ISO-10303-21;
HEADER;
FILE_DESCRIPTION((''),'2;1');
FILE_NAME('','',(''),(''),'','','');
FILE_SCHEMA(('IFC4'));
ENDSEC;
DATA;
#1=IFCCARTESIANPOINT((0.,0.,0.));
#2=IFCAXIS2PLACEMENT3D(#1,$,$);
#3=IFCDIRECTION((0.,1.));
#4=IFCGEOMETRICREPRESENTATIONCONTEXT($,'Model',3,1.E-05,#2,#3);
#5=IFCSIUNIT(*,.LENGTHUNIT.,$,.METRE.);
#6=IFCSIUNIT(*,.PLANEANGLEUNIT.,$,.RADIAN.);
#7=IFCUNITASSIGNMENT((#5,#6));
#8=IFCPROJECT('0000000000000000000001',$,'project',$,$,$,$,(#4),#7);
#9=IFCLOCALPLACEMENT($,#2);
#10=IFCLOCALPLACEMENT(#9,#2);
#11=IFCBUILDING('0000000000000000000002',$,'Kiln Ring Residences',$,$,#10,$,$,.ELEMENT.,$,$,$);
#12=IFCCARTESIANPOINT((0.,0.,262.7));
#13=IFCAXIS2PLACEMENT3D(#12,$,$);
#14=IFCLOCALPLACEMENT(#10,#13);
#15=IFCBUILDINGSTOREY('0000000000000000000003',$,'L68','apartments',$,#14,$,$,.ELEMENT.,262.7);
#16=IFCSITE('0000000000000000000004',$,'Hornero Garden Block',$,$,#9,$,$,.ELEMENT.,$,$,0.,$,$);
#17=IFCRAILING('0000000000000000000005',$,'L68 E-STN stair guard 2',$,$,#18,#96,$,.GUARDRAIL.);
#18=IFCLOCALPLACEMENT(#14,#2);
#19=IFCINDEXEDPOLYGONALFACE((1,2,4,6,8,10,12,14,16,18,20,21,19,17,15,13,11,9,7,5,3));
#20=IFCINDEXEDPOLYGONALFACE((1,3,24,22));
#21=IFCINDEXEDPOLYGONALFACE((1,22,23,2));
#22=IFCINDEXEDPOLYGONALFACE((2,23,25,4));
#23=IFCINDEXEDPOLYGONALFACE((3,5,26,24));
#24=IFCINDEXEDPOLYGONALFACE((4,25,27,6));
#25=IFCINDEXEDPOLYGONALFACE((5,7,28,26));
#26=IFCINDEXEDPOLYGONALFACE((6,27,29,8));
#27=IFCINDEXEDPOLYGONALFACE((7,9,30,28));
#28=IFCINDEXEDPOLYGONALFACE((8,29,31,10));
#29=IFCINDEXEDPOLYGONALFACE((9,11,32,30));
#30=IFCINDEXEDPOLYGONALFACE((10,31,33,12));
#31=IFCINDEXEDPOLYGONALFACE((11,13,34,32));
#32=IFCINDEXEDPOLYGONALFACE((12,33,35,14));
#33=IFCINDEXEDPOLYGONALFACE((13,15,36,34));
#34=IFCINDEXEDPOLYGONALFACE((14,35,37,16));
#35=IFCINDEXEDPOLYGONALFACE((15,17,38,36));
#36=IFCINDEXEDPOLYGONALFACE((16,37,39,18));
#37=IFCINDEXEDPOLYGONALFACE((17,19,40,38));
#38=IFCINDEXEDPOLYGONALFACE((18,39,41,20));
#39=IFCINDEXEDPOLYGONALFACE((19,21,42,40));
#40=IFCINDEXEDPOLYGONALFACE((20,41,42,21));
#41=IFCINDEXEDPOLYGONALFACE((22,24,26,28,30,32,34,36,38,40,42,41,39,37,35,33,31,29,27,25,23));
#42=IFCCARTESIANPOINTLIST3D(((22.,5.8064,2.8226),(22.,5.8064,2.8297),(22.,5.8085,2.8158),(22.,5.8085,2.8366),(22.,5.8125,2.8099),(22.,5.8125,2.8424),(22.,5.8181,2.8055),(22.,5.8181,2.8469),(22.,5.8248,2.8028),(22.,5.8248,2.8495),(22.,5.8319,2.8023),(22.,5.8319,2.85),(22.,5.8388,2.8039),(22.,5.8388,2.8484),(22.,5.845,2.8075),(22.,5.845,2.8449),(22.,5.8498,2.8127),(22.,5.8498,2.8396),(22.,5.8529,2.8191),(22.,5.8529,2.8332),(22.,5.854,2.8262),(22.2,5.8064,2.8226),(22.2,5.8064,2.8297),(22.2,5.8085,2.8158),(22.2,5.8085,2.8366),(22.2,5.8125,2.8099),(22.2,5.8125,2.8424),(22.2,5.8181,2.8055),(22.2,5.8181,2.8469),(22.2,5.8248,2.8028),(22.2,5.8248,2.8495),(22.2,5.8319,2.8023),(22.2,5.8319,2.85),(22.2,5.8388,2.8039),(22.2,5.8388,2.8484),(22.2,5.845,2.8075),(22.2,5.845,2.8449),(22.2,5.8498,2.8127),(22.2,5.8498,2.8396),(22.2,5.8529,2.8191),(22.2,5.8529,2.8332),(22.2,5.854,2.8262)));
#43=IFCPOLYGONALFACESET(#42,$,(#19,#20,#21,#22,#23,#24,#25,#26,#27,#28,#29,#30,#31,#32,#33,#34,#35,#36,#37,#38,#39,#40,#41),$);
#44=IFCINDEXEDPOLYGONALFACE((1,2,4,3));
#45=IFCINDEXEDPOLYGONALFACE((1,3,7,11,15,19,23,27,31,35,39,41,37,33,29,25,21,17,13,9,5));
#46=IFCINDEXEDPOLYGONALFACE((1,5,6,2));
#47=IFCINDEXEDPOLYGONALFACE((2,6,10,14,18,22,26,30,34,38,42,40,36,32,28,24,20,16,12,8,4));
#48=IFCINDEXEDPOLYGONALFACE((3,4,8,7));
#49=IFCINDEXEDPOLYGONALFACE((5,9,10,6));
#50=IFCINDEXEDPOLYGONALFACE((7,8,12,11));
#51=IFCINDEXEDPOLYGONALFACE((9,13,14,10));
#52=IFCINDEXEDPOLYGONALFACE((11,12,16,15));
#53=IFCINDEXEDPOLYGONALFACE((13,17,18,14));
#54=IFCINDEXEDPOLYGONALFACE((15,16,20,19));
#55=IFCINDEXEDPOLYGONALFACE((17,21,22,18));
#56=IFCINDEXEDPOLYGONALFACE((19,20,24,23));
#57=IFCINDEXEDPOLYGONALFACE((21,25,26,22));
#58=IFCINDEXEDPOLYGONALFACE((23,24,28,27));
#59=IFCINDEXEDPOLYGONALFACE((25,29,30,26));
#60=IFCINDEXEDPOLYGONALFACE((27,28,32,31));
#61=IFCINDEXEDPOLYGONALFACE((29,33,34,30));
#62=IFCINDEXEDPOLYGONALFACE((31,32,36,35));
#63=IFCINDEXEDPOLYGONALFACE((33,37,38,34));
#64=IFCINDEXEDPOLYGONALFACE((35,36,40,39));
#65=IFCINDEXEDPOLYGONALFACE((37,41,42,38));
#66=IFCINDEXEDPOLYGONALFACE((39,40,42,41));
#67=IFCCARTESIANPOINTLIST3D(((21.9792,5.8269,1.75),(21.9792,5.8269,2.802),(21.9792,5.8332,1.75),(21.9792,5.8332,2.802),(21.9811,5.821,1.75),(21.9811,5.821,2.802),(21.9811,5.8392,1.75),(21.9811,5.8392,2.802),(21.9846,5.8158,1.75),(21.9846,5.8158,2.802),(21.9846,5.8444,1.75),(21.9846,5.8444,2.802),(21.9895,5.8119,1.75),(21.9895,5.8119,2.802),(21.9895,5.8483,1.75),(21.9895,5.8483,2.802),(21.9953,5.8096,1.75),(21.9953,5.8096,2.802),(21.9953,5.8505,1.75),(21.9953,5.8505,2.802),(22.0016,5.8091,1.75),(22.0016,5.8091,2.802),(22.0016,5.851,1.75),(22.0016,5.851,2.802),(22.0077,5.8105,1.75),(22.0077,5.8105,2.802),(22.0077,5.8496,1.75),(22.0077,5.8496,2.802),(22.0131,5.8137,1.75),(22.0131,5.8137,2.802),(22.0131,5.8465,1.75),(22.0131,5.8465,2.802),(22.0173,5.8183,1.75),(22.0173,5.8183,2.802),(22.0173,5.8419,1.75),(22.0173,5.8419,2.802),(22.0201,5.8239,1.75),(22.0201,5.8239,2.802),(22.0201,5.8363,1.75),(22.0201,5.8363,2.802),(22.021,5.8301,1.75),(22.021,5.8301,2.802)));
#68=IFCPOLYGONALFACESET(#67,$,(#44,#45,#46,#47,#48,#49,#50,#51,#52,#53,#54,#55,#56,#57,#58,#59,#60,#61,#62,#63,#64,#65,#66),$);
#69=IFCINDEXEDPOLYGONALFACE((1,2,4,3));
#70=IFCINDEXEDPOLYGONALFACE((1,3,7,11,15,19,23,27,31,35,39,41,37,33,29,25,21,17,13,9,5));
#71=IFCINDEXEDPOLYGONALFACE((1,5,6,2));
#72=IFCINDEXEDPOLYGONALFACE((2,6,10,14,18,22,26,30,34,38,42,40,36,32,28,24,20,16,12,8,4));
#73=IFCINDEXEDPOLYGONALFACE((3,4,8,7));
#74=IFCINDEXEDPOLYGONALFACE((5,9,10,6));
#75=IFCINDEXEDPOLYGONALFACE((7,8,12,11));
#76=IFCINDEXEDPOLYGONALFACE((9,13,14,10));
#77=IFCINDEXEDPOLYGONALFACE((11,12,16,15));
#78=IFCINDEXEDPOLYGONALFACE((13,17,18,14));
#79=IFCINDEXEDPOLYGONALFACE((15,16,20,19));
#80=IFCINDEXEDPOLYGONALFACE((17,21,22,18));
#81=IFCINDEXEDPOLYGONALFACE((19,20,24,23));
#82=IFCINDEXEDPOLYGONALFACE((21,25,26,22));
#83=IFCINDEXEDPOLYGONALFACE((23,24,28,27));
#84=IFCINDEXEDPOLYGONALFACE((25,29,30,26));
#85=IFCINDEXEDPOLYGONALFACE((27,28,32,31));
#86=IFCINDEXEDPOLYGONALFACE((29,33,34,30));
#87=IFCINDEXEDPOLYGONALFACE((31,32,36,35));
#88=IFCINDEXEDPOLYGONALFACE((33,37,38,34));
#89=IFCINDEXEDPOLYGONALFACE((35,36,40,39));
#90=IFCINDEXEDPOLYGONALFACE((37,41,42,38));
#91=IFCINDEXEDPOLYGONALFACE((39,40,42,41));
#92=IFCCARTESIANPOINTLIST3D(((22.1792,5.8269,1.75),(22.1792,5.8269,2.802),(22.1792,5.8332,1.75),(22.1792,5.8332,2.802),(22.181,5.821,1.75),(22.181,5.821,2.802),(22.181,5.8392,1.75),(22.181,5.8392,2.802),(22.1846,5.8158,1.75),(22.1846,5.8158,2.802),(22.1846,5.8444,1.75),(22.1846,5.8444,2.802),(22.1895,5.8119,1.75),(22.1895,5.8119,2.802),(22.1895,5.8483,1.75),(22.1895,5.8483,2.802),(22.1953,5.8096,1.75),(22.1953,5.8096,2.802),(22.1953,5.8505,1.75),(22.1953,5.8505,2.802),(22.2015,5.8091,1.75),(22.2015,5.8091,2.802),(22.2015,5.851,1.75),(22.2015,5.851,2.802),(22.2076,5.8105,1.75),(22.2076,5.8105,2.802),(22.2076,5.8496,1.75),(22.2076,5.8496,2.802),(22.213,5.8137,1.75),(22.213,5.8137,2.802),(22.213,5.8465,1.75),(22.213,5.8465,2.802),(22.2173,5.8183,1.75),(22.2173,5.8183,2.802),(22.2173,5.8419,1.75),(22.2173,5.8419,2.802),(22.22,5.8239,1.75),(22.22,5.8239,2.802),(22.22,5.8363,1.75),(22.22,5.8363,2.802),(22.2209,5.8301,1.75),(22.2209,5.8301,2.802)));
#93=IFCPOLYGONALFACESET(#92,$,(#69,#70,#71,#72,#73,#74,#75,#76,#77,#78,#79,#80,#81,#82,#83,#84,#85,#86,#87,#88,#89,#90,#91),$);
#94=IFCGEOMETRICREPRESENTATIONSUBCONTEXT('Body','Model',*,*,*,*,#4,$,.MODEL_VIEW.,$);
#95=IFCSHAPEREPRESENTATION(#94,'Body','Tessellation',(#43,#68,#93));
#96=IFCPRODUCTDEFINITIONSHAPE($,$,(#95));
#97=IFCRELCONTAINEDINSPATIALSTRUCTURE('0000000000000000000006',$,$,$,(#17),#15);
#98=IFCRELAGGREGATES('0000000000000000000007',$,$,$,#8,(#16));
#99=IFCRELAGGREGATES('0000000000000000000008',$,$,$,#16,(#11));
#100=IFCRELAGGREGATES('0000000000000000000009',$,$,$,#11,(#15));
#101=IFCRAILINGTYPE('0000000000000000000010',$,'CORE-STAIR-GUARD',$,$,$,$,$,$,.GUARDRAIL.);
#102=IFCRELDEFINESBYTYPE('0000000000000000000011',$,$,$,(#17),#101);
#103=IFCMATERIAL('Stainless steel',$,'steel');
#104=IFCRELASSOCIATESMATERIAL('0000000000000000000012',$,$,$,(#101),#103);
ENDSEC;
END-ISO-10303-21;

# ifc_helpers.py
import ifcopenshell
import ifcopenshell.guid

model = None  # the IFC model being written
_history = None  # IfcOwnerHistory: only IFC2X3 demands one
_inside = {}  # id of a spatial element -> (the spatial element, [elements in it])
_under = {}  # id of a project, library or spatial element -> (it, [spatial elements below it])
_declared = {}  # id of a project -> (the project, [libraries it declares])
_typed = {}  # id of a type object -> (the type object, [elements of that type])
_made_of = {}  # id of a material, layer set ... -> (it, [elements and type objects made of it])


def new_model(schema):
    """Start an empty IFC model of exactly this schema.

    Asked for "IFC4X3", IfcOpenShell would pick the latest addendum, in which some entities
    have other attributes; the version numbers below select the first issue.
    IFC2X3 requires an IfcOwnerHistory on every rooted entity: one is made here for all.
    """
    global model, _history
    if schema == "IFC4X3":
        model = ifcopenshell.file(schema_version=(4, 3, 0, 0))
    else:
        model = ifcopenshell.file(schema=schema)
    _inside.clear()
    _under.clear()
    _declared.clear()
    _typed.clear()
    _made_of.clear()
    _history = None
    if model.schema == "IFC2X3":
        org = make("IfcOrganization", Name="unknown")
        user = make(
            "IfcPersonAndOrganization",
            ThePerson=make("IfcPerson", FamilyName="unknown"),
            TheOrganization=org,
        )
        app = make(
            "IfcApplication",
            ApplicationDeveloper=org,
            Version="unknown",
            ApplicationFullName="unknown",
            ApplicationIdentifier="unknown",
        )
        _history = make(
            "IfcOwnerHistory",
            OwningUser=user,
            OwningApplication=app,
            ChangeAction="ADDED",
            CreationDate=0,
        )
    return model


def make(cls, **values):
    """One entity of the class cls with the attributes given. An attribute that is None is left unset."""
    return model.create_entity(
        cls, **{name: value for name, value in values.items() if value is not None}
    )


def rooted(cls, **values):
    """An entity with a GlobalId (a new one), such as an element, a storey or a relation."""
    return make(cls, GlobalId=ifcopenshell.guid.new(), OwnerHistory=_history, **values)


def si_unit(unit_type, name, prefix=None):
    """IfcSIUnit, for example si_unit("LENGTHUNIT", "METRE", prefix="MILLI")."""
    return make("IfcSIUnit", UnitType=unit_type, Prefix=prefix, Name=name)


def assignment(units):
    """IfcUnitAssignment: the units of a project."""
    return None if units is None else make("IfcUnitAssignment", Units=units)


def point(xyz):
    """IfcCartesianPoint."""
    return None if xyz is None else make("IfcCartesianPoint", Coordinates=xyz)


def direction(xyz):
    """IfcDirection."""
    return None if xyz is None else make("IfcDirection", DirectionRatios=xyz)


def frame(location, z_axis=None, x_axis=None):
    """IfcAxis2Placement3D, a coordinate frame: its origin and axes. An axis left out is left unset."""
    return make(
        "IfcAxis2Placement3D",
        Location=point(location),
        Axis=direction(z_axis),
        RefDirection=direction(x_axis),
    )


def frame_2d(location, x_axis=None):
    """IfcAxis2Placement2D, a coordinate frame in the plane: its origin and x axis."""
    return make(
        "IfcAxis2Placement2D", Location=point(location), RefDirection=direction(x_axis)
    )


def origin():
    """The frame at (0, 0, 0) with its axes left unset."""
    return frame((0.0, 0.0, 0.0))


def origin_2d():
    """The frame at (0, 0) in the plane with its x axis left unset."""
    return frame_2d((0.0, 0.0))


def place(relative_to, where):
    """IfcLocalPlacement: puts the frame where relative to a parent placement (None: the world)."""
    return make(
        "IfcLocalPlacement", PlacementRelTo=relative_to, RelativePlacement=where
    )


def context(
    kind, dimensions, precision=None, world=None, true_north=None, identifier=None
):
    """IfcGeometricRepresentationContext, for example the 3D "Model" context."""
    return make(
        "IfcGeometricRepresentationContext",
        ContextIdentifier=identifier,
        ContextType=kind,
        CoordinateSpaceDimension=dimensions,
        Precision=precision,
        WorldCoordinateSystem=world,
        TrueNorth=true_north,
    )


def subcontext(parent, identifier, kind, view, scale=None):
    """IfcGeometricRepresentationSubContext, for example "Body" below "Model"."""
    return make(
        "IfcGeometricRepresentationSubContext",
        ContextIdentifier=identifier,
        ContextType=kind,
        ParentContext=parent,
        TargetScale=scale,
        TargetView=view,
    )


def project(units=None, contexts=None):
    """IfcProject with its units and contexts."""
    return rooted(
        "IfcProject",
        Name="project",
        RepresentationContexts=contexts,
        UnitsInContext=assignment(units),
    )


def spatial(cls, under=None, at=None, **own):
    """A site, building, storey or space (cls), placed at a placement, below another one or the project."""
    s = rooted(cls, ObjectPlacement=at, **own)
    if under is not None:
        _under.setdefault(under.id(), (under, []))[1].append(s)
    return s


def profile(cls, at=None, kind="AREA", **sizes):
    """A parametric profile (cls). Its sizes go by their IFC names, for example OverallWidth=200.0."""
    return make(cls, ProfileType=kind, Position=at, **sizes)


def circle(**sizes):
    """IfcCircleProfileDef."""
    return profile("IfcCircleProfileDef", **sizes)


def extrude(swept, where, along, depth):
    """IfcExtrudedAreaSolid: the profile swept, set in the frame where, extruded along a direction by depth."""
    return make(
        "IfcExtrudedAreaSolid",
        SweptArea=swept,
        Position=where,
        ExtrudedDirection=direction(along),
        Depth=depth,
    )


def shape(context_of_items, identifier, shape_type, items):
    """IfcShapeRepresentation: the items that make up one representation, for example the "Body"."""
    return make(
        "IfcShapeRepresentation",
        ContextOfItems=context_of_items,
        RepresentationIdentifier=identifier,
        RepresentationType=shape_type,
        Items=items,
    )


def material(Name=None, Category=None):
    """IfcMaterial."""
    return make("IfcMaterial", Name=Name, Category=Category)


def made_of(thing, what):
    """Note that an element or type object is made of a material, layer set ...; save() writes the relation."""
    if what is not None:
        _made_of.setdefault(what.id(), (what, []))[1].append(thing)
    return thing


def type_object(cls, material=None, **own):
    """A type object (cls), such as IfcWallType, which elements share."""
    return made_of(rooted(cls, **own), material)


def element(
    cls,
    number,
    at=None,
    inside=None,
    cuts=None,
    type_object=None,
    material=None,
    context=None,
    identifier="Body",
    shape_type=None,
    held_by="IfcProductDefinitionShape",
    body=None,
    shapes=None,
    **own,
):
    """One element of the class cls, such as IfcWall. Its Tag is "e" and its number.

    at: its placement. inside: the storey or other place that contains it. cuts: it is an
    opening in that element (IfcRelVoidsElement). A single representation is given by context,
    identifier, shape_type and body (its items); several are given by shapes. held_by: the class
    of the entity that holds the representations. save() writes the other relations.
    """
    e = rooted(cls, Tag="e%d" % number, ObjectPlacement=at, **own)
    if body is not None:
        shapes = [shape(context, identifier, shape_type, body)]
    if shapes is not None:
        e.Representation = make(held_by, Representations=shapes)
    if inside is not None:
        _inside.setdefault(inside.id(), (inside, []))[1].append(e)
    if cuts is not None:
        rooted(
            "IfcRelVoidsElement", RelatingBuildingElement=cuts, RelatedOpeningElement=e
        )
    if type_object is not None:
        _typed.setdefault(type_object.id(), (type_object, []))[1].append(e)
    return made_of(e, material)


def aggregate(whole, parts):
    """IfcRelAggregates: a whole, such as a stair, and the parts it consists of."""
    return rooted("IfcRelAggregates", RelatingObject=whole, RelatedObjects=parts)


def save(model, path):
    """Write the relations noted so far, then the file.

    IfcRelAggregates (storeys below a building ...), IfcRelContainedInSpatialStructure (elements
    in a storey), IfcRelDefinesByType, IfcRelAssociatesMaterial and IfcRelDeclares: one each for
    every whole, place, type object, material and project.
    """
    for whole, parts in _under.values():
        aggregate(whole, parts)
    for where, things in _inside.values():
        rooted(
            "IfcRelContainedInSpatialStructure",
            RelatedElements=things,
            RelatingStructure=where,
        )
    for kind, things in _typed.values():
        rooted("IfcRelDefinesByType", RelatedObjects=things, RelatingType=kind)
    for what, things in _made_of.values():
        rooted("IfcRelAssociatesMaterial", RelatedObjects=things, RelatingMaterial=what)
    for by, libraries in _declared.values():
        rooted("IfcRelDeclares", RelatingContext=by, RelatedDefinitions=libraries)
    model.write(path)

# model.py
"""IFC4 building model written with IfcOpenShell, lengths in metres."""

from ifc_helpers import new_model, si_unit, direction, frame, origin, origin_2d, place, context, subcontext, project, spatial, circle, extrude, material, type_object, element, save


model = new_model("IFC4")

# Units and contexts
model_context = context("Model", 3, precision=1e-05, world=origin(), true_north=direction((0.0, 1.0)))
body_context = subcontext(model_context, "Body", "Model", "MODEL_VIEW")
ifc_project = project(units=[si_unit("LENGTHUNIT", "METRE"), si_unit("PLANEANGLEUNIT", "RADIAN")], contexts=[model_context])

# Site, building, storey
site_placement = place(None, origin())
site = spatial("IfcSite", under=ifc_project, at=site_placement, Name="Hornero Garden Block", CompositionType="ELEMENT", RefElevation=0.0)
building_placement = place(site_placement, origin())
building = spatial("IfcBuilding", under=site, at=building_placement, Name="Kiln Ring Residences", CompositionType="ELEMENT")
storey_placement = place(building_placement, frame((0.0, 0.0, 262.7)))
storey = spatial("IfcBuildingStorey", under=building, at=storey_placement, Name="L68", Description="apartments", CompositionType="ELEMENT", Elevation=262.7)

# Railing
ifc_material_1 = material(Name="Stainless steel", Category="steel")
railing_type_1 = type_object("IfcRailingType", Name="CORE-STAIR-GUARD", PredefinedType="GUARDRAIL", material=ifc_material_1)
railing_1_placement = place(storey_placement, frame((22.0, 5.8301, 1.75)))
element("IfcRailing", 1, at=railing_1_placement, inside=storey, type_object=railing_type_1, Name="L68 E-STN stair guard 2", PredefinedType="GUARDRAIL", context=body_context, shape_type="SweptSolid", body=[
    extrude(circle(Radius=0.0239, at=origin_2d()), frame((0.0, 0.0, 1.0762), z_axis=(1.0, 0.0, 0.0), x_axis=(0.0, 1.0, 0.0)), (0.0, 0.0, 1.0), 0.2),
    extrude(circle(Radius=0.021, at=origin_2d()), origin(), (0.0, 0.0, 1.0), 1.052),
    extrude(circle(Radius=0.021, at=origin_2d()), frame((0.2, 0.0, 0.0)), (0.0, 0.0, 1.0), 1.052),
])

save(model, "model.ifc")
